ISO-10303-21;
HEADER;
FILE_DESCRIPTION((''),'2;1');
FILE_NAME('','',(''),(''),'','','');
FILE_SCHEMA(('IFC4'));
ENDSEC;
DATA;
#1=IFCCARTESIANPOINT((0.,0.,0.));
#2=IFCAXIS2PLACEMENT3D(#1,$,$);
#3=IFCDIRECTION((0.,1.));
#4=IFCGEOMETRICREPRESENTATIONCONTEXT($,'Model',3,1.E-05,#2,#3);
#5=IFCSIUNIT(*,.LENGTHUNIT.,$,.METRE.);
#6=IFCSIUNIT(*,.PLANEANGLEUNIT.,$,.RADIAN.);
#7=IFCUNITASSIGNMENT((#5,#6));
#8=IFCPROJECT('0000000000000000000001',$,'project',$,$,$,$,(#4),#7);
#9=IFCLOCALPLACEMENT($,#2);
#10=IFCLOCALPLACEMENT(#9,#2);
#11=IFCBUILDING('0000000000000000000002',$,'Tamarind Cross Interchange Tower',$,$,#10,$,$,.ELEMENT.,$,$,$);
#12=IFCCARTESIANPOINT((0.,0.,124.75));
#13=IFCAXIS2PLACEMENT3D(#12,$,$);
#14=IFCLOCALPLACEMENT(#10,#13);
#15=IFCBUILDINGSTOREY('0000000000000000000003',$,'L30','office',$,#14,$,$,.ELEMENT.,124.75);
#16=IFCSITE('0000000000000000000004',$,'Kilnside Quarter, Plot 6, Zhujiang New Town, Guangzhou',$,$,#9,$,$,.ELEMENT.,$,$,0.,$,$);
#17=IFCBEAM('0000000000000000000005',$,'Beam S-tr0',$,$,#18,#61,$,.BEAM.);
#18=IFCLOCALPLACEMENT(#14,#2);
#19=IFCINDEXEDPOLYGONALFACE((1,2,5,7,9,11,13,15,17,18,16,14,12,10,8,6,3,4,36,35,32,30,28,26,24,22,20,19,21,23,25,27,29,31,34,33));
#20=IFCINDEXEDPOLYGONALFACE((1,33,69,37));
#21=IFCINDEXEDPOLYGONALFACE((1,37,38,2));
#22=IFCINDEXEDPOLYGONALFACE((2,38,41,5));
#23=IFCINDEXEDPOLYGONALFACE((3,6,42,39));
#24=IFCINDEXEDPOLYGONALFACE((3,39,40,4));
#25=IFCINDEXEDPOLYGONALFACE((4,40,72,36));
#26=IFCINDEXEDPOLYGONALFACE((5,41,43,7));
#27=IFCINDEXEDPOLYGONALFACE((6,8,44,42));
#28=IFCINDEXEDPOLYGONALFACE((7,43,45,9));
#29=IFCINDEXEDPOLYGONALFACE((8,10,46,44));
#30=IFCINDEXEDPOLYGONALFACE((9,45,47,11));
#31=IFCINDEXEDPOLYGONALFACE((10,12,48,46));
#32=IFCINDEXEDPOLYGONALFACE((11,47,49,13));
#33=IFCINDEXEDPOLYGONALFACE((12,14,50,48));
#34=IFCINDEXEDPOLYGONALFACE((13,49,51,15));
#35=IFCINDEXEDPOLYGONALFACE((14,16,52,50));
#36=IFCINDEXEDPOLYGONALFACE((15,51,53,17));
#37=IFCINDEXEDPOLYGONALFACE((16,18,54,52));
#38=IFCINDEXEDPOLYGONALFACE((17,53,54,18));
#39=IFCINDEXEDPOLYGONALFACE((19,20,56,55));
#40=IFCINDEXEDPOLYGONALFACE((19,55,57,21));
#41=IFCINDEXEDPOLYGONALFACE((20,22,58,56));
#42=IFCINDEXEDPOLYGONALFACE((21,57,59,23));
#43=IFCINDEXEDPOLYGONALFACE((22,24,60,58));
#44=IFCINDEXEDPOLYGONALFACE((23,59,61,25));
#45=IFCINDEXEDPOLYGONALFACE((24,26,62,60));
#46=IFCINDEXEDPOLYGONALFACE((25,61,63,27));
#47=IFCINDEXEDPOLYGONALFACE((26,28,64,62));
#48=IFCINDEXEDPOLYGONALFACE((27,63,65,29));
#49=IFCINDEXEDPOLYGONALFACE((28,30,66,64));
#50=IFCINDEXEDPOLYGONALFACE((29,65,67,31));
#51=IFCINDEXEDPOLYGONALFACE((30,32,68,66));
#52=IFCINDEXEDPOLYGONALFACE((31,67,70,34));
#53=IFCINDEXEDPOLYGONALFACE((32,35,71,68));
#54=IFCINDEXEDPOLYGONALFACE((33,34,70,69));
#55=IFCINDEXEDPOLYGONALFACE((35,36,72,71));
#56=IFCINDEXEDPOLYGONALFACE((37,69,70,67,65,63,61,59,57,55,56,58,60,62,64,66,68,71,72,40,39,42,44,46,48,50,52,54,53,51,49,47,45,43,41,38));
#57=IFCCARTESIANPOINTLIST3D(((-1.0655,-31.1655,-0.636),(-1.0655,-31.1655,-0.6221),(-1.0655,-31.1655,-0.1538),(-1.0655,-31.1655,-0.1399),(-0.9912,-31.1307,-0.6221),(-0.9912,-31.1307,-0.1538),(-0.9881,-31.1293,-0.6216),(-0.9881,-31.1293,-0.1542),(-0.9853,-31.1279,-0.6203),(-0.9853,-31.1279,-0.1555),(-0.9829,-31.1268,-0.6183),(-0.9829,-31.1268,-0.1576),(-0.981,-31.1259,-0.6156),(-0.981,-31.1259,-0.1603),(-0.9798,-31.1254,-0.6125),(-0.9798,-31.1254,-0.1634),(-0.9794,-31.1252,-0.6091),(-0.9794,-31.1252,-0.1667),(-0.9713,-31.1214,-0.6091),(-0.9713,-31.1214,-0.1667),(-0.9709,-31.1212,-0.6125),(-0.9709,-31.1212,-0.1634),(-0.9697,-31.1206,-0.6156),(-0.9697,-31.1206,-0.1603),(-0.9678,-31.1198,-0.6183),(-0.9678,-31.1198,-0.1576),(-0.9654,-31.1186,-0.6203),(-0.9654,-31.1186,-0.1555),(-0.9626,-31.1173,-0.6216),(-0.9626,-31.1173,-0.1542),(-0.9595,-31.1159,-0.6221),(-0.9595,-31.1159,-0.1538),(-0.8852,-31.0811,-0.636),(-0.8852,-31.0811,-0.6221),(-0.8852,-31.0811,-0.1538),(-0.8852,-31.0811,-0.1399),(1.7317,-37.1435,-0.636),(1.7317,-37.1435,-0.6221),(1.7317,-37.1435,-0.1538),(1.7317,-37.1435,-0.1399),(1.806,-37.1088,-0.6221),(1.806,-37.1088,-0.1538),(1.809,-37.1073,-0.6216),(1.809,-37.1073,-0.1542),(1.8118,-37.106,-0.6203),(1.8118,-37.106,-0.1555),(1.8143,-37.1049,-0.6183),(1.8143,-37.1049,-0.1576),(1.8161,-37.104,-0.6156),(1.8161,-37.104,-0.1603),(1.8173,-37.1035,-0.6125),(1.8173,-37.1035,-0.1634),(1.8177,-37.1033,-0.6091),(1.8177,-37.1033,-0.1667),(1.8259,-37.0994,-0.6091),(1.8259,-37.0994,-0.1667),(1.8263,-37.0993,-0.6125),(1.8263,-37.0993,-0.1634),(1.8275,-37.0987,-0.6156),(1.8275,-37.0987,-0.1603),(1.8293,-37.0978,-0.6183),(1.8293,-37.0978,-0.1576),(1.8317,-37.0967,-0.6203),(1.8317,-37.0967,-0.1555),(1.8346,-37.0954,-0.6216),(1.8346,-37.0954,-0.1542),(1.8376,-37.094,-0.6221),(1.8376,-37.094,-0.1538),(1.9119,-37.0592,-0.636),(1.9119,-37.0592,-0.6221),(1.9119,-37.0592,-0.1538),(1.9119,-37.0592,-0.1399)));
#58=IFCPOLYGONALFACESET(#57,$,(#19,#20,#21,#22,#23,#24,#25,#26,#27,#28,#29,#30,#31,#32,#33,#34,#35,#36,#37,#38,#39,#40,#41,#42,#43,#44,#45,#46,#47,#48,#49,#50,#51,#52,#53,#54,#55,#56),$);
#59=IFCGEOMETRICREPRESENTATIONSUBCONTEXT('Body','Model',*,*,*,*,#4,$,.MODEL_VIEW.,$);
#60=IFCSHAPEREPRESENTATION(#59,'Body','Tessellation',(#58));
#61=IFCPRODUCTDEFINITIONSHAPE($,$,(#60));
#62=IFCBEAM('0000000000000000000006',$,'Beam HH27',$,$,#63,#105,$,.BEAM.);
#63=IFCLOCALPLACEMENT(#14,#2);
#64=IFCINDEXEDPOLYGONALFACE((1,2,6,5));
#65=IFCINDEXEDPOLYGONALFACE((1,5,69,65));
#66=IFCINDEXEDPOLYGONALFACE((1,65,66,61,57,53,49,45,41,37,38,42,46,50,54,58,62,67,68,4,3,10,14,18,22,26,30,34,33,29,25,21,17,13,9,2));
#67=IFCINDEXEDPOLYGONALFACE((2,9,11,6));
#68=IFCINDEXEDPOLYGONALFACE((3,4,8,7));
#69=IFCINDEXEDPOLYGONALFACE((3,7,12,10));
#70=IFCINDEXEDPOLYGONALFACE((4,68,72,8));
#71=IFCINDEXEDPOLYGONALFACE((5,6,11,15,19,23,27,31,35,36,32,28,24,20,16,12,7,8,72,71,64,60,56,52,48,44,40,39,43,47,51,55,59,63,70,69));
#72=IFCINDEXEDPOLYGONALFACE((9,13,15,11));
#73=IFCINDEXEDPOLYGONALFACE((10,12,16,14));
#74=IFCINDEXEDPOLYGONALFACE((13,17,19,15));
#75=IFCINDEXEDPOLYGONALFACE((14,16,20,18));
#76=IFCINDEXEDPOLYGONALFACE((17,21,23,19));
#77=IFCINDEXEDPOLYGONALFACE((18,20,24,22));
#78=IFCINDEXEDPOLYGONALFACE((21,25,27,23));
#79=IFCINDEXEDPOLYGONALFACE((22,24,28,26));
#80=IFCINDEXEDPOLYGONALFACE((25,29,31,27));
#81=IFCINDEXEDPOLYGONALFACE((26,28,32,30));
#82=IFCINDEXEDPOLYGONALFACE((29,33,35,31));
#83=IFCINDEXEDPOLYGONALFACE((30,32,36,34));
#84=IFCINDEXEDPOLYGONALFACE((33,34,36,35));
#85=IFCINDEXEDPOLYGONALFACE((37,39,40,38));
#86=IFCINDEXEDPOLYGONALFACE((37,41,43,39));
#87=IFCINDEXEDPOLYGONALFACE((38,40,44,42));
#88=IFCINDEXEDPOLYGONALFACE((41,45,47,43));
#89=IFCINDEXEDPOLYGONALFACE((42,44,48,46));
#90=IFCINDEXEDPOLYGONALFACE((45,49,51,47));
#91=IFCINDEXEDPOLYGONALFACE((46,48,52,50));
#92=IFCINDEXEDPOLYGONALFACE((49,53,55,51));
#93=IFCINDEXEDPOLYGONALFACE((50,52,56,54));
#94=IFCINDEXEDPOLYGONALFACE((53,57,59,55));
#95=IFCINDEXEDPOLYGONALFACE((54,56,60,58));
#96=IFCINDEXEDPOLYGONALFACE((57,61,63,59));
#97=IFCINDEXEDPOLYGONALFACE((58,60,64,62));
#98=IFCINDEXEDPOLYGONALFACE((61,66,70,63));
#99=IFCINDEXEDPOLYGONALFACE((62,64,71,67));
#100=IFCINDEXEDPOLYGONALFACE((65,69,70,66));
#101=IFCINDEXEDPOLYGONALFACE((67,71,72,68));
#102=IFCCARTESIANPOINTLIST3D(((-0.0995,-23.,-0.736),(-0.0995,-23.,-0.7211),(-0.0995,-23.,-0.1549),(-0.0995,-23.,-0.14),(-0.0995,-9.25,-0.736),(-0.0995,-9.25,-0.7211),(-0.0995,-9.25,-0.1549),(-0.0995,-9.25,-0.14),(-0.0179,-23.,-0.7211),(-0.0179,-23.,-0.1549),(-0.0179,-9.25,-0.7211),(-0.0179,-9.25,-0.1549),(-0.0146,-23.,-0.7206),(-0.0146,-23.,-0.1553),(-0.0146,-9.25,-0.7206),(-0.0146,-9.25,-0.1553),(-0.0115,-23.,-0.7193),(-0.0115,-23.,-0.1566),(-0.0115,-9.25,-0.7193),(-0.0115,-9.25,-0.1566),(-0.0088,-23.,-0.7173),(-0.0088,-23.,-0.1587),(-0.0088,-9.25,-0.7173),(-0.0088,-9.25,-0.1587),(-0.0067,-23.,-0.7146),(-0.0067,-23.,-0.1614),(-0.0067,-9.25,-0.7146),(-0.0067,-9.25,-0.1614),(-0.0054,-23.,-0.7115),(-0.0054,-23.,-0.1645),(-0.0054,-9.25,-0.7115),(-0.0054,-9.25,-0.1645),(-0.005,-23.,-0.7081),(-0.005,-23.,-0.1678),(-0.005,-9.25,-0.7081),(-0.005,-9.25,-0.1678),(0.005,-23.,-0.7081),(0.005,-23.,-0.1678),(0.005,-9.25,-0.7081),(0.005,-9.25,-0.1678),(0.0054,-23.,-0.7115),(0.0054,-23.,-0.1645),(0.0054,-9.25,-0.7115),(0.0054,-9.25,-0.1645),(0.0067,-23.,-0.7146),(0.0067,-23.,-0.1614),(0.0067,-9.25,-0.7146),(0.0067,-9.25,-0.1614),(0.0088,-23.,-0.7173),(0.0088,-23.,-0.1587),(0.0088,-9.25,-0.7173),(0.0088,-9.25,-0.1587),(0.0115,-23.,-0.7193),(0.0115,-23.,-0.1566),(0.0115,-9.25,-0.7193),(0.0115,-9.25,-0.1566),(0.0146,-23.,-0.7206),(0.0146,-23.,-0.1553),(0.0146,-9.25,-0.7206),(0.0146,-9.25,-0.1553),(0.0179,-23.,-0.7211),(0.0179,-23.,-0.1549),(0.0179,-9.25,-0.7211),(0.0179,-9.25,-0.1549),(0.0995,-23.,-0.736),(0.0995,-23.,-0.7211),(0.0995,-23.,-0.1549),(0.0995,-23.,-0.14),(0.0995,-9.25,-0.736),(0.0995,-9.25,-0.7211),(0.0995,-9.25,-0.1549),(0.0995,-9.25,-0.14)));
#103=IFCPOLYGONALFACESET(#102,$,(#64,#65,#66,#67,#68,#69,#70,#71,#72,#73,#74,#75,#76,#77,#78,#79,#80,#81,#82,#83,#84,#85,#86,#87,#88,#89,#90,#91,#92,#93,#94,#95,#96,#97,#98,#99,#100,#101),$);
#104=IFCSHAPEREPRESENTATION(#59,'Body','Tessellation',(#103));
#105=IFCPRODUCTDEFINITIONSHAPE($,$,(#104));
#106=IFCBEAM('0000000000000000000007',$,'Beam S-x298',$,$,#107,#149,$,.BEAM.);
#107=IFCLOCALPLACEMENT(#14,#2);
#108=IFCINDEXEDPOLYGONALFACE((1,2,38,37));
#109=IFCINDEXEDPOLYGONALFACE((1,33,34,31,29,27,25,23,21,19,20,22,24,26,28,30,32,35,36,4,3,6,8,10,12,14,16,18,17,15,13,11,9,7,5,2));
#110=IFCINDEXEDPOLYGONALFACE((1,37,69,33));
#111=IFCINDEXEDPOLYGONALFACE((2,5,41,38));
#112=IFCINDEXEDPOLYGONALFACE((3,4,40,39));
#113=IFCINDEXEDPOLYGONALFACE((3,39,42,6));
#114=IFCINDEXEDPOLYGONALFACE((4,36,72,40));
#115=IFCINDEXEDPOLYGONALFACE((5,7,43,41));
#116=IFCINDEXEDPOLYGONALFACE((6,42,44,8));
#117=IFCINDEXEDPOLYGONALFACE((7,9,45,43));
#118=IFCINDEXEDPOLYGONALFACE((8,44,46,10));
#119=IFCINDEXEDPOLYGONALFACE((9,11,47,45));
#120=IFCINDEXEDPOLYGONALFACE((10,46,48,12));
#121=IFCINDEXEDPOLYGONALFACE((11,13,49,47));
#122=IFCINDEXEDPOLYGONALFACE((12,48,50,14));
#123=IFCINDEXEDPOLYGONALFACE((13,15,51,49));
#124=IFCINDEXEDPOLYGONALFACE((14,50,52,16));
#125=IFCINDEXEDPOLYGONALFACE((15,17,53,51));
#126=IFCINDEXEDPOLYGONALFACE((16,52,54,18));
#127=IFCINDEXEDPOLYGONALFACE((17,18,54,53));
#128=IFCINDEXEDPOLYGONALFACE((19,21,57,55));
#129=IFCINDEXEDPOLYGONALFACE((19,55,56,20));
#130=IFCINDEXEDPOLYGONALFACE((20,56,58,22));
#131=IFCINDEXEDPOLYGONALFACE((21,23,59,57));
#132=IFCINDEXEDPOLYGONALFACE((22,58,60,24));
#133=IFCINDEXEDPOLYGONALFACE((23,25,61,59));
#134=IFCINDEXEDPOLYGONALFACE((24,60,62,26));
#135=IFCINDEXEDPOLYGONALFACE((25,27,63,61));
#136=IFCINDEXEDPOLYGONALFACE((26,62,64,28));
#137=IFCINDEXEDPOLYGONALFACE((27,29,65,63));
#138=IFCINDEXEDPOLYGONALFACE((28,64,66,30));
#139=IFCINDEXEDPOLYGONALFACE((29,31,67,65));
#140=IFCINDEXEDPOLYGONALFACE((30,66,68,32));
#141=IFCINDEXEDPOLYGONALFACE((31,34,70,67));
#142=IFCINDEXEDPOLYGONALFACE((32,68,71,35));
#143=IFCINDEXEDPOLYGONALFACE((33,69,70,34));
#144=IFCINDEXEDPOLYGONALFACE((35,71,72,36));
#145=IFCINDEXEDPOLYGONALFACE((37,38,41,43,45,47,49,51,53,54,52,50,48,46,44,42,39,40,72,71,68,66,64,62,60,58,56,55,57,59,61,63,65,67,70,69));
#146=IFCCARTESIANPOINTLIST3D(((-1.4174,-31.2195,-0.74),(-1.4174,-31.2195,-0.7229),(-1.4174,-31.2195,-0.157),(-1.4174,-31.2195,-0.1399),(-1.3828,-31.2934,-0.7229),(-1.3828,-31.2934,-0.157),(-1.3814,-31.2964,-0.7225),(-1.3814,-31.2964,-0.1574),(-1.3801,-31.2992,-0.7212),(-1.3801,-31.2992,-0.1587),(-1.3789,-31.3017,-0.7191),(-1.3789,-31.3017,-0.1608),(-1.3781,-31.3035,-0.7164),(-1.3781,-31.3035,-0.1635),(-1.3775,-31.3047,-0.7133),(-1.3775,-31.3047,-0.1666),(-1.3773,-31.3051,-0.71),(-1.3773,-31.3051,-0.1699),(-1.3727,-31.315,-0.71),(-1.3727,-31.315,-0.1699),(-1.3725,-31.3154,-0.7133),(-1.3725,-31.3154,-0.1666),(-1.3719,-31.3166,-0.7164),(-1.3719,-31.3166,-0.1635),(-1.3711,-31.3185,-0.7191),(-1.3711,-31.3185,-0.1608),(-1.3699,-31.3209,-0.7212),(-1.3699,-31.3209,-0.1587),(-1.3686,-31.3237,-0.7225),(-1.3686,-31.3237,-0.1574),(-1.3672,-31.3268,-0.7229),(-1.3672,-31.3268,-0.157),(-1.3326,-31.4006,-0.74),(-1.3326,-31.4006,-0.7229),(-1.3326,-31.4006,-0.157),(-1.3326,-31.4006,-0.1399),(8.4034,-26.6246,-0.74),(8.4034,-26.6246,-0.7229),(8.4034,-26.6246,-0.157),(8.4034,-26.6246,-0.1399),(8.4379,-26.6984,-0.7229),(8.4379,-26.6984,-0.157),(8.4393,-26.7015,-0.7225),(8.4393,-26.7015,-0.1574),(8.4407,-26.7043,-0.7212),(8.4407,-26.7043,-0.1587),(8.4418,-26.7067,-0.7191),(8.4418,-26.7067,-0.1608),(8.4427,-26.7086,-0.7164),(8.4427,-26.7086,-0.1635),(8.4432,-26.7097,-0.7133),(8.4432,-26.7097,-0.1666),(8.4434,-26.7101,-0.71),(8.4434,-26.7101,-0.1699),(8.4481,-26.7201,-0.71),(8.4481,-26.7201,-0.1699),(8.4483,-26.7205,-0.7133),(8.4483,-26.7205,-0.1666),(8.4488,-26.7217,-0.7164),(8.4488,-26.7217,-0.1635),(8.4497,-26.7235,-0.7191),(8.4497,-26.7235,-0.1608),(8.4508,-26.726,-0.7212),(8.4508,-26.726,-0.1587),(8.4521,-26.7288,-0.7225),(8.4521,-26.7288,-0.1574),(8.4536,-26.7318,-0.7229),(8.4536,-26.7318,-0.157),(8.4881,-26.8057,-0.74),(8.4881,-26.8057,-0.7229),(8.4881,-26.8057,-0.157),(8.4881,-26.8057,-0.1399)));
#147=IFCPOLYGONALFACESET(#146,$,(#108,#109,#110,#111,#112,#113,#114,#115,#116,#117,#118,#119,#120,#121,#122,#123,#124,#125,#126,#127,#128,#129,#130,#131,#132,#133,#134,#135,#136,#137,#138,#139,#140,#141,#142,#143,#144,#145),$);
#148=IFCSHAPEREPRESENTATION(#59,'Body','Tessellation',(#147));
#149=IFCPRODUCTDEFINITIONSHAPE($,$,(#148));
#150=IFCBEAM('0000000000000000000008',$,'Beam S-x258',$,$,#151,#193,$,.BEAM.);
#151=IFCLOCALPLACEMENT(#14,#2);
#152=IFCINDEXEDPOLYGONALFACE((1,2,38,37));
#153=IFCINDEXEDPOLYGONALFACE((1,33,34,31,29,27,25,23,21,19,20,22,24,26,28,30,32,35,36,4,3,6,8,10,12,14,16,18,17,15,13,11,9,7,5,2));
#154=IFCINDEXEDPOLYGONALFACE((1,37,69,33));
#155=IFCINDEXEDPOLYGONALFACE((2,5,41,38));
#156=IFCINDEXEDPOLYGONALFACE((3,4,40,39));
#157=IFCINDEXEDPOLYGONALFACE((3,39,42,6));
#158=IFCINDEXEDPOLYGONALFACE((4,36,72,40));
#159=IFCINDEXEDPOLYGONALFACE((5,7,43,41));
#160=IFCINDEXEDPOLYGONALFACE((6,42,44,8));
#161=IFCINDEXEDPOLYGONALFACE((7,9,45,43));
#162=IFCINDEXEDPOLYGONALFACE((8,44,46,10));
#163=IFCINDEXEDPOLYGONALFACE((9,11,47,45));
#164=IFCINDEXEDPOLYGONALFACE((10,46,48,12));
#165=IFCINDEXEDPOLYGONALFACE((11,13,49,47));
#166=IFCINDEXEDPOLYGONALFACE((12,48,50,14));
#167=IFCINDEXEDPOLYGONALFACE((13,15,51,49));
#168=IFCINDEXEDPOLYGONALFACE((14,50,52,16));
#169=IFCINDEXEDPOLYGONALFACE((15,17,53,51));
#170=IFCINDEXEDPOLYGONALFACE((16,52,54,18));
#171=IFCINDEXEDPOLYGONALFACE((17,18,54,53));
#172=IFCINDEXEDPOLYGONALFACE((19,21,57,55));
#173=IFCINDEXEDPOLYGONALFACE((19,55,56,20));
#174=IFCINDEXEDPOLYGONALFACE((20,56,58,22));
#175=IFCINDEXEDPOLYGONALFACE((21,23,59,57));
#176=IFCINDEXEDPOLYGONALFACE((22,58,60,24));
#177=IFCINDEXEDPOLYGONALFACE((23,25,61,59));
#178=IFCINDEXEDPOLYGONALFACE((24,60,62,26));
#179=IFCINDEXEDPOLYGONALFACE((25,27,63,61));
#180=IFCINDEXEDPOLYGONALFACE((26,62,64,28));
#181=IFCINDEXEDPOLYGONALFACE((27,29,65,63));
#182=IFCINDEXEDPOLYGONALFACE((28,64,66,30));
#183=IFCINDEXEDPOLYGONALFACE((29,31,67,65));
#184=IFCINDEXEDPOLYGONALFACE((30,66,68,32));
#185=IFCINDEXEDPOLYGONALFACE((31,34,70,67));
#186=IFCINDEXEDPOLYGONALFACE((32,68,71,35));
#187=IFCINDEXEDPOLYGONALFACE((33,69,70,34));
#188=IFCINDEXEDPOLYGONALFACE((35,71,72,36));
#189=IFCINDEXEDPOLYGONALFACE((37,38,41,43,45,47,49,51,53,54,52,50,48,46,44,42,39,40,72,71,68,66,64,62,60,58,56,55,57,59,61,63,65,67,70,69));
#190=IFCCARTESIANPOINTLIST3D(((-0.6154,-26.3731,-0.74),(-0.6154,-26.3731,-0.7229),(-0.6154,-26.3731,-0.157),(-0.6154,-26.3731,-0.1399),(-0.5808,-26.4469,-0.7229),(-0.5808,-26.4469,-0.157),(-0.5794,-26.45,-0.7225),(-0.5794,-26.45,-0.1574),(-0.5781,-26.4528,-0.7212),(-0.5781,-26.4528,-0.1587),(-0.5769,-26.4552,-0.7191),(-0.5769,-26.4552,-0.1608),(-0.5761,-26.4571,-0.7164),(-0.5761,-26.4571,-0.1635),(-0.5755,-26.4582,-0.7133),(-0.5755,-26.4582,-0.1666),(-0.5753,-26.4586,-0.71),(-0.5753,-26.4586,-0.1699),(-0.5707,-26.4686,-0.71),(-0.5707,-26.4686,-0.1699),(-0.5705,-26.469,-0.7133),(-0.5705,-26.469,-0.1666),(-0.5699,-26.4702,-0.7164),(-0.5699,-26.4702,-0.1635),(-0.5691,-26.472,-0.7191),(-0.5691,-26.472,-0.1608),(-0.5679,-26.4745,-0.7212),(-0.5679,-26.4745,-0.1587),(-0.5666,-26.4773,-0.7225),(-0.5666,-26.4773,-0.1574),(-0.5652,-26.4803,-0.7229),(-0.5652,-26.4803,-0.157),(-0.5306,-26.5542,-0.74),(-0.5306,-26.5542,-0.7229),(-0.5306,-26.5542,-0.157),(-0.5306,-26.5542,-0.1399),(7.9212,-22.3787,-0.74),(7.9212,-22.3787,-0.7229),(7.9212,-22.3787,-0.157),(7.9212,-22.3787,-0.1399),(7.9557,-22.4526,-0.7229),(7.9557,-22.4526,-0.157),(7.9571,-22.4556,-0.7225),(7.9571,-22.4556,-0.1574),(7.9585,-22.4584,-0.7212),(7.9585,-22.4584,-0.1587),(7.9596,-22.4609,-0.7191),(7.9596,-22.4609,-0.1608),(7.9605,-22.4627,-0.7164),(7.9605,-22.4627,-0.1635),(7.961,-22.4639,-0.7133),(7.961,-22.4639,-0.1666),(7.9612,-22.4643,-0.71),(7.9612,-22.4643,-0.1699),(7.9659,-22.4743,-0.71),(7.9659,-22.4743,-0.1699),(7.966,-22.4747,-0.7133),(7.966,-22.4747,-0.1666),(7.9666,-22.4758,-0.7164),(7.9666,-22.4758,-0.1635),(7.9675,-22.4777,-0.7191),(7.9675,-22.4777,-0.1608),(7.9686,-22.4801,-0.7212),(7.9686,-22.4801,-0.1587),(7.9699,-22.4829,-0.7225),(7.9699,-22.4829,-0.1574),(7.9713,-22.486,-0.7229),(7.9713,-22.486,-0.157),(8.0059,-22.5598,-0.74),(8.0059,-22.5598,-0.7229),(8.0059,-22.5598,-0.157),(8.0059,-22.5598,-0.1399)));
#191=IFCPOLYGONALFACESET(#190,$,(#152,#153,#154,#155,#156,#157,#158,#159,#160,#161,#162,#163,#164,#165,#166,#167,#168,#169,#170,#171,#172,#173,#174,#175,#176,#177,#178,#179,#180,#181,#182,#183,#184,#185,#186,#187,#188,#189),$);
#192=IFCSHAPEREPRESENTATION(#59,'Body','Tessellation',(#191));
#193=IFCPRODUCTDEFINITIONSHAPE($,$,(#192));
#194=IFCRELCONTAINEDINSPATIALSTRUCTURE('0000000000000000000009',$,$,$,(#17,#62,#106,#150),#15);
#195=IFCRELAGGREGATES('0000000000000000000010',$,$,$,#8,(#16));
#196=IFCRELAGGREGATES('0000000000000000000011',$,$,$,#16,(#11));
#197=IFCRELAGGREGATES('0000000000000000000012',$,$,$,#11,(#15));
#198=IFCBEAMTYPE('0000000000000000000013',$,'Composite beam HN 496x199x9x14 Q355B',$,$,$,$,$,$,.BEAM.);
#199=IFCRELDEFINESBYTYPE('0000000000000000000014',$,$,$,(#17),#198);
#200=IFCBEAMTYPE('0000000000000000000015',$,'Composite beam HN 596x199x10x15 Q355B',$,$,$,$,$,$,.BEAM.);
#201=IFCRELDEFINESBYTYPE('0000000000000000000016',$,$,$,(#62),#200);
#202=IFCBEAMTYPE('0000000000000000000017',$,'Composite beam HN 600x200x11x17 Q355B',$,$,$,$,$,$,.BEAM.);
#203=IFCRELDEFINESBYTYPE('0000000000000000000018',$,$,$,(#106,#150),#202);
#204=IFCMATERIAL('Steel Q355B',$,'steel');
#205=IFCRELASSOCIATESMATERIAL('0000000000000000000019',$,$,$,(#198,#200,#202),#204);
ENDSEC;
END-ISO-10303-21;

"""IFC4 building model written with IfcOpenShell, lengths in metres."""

from ifc_helpers import new_model, si_unit, direction, frame, origin, origin_2d, place, context, subcontext, project, spatial, i_section, extrude, material, material_profile, profile_set, type_object, element, save


model = new_model("IFC4")

# Units and contexts
model_context = context("Model", 3, precision=1e-05, world=origin(), true_north=direction((0.0, 1.0)))
body_context = subcontext(model_context, "Body", "Model", "MODEL_VIEW")
ifc_project = project(units=[si_unit("LENGTHUNIT", "METRE"), si_unit("PLANEANGLEUNIT", "RADIAN")], contexts=[model_context])

# Site, building, storey
site_placement = place(None, origin())
site = spatial("IfcSite", under=ifc_project, at=site_placement, Name="Kilnside Quarter, Plot 6, Zhujiang New Town, Guangzhou", CompositionType="ELEMENT", RefElevation=0.0)
building_placement = place(site_placement, origin())
building = spatial("IfcBuilding", under=site, at=building_placement, Name="Tamarind Cross Interchange Tower", CompositionType="ELEMENT")
storey_placement = place(building_placement, frame((0.0, 0.0, 124.75)))
storey = spatial("IfcBuildingStorey", under=building, at=storey_placement, Name="L30", Description="office", CompositionType="ELEMENT", Elevation=124.75)

# Beams
ifc_material_1 = material(Name="Steel Q355B", Category="steel")
ifc_material_profile_1 = material_profile(ifc_material_1, i_section(OverallWidth=0.199, OverallDepth=0.4961, WebThickness=0.009, FlangeThickness=0.0139, FilletRadius=0.0129, at=origin_2d()), Name="HN 496x199x9x14")
ifc_profile_set_1 = profile_set([ifc_material_profile_1], Name="Steel Q355B")
beam_type_1 = type_object("IfcBeamType", Name="Composite beam HN 496x199x9x14 Q355B", PredefinedType="BEAM", material=ifc_profile_set_1)
beam_1_placement = place(storey_placement, frame((-0.9753, -31.1233, -0.3879), z_axis=(0.423803, -0.905755, 0.0), x_axis=(0.905755, 0.423803, 0.0)))
element("IfcBeam", 1, at=beam_1_placement, inside=storey, type_object=beam_type_1, Name="Beam S-tr0", PredefinedType="BEAM", context=body_context, shape_type="SweptSolid", body=[
    extrude(i_section(OverallWidth=0.199, OverallDepth=0.4961, WebThickness=0.009, FlangeThickness=0.0139, FilletRadius=0.0129, at=origin_2d()), origin(), (0.0, 0.0, 1.0), 6.6001),
])
ifc_material_profile_2 = material_profile(ifc_material_1, i_section(OverallWidth=0.199, OverallDepth=0.5959, WebThickness=0.01, FlangeThickness=0.0149, FilletRadius=0.0129, at=origin_2d()), Name="HN 596x199x10x15")
ifc_profile_set_2 = profile_set([ifc_material_profile_2], Name="Steel Q355B")
beam_type_2 = type_object("IfcBeamType", Name="Composite beam HN 596x199x10x15 Q355B", PredefinedType="BEAM", material=ifc_profile_set_2)
beam_2_placement = place(storey_placement, frame((0.0, -23.0, -0.438), z_axis=(0.0, 1.0, 0.0), x_axis=(-1.0, 0.0, 0.0)))
element("IfcBeam", 2, at=beam_2_placement, inside=storey, type_object=beam_type_2, Name="Beam HH27", PredefinedType="BEAM", context=body_context, shape_type="SweptSolid", body=[
    extrude(i_section(OverallWidth=0.199, OverallDepth=0.5959, WebThickness=0.01, FlangeThickness=0.0149, FilletRadius=0.0129, at=origin_2d()), origin(), (0.0, 0.0, 1.0), 13.75),
])
ifc_material_profile_3 = material_profile(ifc_material_1, i_section(OverallWidth=0.2, OverallDepth=0.6001, WebThickness=0.011, FlangeThickness=0.0171, FilletRadius=0.0129, at=origin_2d()), Name="HN 600x200x11x17")
ifc_profile_set_3 = profile_set([ifc_material_profile_3], Name="Steel Q355B")
beam_type_3 = type_object("IfcBeamType", Name="Composite beam HN 600x200x11x17 Q355B", PredefinedType="BEAM", material=ifc_profile_set_3)
beam_3_placement = place(storey_placement, frame((-1.375, -31.3101, -0.4399), z_axis=(0.905761, 0.423789, 0.0), x_axis=(-0.423789, 0.905761, 0.0)))
element("IfcBeam", 3, at=beam_3_placement, inside=storey, type_object=beam_type_3, Name="Beam S-x298", PredefinedType="BEAM", context=body_context, shape_type="SweptSolid", body=[
    extrude(i_section(OverallWidth=0.2, OverallDepth=0.6001, WebThickness=0.011, FlangeThickness=0.0171, FilletRadius=0.0129, at=origin_2d()), origin(), (0.0, 0.0, 1.0), 10.8425),
])
beam_4_placement = place(storey_placement, frame((-0.573, -26.4636, -0.4399), z_axis=(0.905751, 0.423811, 0.0), x_axis=(-0.423811, 0.905751, 0.0)))
element("IfcBeam", 4, at=beam_4_placement, inside=storey, type_object=beam_type_3, Name="Beam S-x258", PredefinedType="BEAM", context=body_context, shape_type="SweptSolid", body=[
    extrude(i_section(OverallWidth=0.2, OverallDepth=0.6001, WebThickness=0.011, FlangeThickness=0.0171, FilletRadius=0.0129, at=origin_2d()), origin(), (0.0, 0.0, 1.0), 9.4248),
])

save(model, "model.ifc")
